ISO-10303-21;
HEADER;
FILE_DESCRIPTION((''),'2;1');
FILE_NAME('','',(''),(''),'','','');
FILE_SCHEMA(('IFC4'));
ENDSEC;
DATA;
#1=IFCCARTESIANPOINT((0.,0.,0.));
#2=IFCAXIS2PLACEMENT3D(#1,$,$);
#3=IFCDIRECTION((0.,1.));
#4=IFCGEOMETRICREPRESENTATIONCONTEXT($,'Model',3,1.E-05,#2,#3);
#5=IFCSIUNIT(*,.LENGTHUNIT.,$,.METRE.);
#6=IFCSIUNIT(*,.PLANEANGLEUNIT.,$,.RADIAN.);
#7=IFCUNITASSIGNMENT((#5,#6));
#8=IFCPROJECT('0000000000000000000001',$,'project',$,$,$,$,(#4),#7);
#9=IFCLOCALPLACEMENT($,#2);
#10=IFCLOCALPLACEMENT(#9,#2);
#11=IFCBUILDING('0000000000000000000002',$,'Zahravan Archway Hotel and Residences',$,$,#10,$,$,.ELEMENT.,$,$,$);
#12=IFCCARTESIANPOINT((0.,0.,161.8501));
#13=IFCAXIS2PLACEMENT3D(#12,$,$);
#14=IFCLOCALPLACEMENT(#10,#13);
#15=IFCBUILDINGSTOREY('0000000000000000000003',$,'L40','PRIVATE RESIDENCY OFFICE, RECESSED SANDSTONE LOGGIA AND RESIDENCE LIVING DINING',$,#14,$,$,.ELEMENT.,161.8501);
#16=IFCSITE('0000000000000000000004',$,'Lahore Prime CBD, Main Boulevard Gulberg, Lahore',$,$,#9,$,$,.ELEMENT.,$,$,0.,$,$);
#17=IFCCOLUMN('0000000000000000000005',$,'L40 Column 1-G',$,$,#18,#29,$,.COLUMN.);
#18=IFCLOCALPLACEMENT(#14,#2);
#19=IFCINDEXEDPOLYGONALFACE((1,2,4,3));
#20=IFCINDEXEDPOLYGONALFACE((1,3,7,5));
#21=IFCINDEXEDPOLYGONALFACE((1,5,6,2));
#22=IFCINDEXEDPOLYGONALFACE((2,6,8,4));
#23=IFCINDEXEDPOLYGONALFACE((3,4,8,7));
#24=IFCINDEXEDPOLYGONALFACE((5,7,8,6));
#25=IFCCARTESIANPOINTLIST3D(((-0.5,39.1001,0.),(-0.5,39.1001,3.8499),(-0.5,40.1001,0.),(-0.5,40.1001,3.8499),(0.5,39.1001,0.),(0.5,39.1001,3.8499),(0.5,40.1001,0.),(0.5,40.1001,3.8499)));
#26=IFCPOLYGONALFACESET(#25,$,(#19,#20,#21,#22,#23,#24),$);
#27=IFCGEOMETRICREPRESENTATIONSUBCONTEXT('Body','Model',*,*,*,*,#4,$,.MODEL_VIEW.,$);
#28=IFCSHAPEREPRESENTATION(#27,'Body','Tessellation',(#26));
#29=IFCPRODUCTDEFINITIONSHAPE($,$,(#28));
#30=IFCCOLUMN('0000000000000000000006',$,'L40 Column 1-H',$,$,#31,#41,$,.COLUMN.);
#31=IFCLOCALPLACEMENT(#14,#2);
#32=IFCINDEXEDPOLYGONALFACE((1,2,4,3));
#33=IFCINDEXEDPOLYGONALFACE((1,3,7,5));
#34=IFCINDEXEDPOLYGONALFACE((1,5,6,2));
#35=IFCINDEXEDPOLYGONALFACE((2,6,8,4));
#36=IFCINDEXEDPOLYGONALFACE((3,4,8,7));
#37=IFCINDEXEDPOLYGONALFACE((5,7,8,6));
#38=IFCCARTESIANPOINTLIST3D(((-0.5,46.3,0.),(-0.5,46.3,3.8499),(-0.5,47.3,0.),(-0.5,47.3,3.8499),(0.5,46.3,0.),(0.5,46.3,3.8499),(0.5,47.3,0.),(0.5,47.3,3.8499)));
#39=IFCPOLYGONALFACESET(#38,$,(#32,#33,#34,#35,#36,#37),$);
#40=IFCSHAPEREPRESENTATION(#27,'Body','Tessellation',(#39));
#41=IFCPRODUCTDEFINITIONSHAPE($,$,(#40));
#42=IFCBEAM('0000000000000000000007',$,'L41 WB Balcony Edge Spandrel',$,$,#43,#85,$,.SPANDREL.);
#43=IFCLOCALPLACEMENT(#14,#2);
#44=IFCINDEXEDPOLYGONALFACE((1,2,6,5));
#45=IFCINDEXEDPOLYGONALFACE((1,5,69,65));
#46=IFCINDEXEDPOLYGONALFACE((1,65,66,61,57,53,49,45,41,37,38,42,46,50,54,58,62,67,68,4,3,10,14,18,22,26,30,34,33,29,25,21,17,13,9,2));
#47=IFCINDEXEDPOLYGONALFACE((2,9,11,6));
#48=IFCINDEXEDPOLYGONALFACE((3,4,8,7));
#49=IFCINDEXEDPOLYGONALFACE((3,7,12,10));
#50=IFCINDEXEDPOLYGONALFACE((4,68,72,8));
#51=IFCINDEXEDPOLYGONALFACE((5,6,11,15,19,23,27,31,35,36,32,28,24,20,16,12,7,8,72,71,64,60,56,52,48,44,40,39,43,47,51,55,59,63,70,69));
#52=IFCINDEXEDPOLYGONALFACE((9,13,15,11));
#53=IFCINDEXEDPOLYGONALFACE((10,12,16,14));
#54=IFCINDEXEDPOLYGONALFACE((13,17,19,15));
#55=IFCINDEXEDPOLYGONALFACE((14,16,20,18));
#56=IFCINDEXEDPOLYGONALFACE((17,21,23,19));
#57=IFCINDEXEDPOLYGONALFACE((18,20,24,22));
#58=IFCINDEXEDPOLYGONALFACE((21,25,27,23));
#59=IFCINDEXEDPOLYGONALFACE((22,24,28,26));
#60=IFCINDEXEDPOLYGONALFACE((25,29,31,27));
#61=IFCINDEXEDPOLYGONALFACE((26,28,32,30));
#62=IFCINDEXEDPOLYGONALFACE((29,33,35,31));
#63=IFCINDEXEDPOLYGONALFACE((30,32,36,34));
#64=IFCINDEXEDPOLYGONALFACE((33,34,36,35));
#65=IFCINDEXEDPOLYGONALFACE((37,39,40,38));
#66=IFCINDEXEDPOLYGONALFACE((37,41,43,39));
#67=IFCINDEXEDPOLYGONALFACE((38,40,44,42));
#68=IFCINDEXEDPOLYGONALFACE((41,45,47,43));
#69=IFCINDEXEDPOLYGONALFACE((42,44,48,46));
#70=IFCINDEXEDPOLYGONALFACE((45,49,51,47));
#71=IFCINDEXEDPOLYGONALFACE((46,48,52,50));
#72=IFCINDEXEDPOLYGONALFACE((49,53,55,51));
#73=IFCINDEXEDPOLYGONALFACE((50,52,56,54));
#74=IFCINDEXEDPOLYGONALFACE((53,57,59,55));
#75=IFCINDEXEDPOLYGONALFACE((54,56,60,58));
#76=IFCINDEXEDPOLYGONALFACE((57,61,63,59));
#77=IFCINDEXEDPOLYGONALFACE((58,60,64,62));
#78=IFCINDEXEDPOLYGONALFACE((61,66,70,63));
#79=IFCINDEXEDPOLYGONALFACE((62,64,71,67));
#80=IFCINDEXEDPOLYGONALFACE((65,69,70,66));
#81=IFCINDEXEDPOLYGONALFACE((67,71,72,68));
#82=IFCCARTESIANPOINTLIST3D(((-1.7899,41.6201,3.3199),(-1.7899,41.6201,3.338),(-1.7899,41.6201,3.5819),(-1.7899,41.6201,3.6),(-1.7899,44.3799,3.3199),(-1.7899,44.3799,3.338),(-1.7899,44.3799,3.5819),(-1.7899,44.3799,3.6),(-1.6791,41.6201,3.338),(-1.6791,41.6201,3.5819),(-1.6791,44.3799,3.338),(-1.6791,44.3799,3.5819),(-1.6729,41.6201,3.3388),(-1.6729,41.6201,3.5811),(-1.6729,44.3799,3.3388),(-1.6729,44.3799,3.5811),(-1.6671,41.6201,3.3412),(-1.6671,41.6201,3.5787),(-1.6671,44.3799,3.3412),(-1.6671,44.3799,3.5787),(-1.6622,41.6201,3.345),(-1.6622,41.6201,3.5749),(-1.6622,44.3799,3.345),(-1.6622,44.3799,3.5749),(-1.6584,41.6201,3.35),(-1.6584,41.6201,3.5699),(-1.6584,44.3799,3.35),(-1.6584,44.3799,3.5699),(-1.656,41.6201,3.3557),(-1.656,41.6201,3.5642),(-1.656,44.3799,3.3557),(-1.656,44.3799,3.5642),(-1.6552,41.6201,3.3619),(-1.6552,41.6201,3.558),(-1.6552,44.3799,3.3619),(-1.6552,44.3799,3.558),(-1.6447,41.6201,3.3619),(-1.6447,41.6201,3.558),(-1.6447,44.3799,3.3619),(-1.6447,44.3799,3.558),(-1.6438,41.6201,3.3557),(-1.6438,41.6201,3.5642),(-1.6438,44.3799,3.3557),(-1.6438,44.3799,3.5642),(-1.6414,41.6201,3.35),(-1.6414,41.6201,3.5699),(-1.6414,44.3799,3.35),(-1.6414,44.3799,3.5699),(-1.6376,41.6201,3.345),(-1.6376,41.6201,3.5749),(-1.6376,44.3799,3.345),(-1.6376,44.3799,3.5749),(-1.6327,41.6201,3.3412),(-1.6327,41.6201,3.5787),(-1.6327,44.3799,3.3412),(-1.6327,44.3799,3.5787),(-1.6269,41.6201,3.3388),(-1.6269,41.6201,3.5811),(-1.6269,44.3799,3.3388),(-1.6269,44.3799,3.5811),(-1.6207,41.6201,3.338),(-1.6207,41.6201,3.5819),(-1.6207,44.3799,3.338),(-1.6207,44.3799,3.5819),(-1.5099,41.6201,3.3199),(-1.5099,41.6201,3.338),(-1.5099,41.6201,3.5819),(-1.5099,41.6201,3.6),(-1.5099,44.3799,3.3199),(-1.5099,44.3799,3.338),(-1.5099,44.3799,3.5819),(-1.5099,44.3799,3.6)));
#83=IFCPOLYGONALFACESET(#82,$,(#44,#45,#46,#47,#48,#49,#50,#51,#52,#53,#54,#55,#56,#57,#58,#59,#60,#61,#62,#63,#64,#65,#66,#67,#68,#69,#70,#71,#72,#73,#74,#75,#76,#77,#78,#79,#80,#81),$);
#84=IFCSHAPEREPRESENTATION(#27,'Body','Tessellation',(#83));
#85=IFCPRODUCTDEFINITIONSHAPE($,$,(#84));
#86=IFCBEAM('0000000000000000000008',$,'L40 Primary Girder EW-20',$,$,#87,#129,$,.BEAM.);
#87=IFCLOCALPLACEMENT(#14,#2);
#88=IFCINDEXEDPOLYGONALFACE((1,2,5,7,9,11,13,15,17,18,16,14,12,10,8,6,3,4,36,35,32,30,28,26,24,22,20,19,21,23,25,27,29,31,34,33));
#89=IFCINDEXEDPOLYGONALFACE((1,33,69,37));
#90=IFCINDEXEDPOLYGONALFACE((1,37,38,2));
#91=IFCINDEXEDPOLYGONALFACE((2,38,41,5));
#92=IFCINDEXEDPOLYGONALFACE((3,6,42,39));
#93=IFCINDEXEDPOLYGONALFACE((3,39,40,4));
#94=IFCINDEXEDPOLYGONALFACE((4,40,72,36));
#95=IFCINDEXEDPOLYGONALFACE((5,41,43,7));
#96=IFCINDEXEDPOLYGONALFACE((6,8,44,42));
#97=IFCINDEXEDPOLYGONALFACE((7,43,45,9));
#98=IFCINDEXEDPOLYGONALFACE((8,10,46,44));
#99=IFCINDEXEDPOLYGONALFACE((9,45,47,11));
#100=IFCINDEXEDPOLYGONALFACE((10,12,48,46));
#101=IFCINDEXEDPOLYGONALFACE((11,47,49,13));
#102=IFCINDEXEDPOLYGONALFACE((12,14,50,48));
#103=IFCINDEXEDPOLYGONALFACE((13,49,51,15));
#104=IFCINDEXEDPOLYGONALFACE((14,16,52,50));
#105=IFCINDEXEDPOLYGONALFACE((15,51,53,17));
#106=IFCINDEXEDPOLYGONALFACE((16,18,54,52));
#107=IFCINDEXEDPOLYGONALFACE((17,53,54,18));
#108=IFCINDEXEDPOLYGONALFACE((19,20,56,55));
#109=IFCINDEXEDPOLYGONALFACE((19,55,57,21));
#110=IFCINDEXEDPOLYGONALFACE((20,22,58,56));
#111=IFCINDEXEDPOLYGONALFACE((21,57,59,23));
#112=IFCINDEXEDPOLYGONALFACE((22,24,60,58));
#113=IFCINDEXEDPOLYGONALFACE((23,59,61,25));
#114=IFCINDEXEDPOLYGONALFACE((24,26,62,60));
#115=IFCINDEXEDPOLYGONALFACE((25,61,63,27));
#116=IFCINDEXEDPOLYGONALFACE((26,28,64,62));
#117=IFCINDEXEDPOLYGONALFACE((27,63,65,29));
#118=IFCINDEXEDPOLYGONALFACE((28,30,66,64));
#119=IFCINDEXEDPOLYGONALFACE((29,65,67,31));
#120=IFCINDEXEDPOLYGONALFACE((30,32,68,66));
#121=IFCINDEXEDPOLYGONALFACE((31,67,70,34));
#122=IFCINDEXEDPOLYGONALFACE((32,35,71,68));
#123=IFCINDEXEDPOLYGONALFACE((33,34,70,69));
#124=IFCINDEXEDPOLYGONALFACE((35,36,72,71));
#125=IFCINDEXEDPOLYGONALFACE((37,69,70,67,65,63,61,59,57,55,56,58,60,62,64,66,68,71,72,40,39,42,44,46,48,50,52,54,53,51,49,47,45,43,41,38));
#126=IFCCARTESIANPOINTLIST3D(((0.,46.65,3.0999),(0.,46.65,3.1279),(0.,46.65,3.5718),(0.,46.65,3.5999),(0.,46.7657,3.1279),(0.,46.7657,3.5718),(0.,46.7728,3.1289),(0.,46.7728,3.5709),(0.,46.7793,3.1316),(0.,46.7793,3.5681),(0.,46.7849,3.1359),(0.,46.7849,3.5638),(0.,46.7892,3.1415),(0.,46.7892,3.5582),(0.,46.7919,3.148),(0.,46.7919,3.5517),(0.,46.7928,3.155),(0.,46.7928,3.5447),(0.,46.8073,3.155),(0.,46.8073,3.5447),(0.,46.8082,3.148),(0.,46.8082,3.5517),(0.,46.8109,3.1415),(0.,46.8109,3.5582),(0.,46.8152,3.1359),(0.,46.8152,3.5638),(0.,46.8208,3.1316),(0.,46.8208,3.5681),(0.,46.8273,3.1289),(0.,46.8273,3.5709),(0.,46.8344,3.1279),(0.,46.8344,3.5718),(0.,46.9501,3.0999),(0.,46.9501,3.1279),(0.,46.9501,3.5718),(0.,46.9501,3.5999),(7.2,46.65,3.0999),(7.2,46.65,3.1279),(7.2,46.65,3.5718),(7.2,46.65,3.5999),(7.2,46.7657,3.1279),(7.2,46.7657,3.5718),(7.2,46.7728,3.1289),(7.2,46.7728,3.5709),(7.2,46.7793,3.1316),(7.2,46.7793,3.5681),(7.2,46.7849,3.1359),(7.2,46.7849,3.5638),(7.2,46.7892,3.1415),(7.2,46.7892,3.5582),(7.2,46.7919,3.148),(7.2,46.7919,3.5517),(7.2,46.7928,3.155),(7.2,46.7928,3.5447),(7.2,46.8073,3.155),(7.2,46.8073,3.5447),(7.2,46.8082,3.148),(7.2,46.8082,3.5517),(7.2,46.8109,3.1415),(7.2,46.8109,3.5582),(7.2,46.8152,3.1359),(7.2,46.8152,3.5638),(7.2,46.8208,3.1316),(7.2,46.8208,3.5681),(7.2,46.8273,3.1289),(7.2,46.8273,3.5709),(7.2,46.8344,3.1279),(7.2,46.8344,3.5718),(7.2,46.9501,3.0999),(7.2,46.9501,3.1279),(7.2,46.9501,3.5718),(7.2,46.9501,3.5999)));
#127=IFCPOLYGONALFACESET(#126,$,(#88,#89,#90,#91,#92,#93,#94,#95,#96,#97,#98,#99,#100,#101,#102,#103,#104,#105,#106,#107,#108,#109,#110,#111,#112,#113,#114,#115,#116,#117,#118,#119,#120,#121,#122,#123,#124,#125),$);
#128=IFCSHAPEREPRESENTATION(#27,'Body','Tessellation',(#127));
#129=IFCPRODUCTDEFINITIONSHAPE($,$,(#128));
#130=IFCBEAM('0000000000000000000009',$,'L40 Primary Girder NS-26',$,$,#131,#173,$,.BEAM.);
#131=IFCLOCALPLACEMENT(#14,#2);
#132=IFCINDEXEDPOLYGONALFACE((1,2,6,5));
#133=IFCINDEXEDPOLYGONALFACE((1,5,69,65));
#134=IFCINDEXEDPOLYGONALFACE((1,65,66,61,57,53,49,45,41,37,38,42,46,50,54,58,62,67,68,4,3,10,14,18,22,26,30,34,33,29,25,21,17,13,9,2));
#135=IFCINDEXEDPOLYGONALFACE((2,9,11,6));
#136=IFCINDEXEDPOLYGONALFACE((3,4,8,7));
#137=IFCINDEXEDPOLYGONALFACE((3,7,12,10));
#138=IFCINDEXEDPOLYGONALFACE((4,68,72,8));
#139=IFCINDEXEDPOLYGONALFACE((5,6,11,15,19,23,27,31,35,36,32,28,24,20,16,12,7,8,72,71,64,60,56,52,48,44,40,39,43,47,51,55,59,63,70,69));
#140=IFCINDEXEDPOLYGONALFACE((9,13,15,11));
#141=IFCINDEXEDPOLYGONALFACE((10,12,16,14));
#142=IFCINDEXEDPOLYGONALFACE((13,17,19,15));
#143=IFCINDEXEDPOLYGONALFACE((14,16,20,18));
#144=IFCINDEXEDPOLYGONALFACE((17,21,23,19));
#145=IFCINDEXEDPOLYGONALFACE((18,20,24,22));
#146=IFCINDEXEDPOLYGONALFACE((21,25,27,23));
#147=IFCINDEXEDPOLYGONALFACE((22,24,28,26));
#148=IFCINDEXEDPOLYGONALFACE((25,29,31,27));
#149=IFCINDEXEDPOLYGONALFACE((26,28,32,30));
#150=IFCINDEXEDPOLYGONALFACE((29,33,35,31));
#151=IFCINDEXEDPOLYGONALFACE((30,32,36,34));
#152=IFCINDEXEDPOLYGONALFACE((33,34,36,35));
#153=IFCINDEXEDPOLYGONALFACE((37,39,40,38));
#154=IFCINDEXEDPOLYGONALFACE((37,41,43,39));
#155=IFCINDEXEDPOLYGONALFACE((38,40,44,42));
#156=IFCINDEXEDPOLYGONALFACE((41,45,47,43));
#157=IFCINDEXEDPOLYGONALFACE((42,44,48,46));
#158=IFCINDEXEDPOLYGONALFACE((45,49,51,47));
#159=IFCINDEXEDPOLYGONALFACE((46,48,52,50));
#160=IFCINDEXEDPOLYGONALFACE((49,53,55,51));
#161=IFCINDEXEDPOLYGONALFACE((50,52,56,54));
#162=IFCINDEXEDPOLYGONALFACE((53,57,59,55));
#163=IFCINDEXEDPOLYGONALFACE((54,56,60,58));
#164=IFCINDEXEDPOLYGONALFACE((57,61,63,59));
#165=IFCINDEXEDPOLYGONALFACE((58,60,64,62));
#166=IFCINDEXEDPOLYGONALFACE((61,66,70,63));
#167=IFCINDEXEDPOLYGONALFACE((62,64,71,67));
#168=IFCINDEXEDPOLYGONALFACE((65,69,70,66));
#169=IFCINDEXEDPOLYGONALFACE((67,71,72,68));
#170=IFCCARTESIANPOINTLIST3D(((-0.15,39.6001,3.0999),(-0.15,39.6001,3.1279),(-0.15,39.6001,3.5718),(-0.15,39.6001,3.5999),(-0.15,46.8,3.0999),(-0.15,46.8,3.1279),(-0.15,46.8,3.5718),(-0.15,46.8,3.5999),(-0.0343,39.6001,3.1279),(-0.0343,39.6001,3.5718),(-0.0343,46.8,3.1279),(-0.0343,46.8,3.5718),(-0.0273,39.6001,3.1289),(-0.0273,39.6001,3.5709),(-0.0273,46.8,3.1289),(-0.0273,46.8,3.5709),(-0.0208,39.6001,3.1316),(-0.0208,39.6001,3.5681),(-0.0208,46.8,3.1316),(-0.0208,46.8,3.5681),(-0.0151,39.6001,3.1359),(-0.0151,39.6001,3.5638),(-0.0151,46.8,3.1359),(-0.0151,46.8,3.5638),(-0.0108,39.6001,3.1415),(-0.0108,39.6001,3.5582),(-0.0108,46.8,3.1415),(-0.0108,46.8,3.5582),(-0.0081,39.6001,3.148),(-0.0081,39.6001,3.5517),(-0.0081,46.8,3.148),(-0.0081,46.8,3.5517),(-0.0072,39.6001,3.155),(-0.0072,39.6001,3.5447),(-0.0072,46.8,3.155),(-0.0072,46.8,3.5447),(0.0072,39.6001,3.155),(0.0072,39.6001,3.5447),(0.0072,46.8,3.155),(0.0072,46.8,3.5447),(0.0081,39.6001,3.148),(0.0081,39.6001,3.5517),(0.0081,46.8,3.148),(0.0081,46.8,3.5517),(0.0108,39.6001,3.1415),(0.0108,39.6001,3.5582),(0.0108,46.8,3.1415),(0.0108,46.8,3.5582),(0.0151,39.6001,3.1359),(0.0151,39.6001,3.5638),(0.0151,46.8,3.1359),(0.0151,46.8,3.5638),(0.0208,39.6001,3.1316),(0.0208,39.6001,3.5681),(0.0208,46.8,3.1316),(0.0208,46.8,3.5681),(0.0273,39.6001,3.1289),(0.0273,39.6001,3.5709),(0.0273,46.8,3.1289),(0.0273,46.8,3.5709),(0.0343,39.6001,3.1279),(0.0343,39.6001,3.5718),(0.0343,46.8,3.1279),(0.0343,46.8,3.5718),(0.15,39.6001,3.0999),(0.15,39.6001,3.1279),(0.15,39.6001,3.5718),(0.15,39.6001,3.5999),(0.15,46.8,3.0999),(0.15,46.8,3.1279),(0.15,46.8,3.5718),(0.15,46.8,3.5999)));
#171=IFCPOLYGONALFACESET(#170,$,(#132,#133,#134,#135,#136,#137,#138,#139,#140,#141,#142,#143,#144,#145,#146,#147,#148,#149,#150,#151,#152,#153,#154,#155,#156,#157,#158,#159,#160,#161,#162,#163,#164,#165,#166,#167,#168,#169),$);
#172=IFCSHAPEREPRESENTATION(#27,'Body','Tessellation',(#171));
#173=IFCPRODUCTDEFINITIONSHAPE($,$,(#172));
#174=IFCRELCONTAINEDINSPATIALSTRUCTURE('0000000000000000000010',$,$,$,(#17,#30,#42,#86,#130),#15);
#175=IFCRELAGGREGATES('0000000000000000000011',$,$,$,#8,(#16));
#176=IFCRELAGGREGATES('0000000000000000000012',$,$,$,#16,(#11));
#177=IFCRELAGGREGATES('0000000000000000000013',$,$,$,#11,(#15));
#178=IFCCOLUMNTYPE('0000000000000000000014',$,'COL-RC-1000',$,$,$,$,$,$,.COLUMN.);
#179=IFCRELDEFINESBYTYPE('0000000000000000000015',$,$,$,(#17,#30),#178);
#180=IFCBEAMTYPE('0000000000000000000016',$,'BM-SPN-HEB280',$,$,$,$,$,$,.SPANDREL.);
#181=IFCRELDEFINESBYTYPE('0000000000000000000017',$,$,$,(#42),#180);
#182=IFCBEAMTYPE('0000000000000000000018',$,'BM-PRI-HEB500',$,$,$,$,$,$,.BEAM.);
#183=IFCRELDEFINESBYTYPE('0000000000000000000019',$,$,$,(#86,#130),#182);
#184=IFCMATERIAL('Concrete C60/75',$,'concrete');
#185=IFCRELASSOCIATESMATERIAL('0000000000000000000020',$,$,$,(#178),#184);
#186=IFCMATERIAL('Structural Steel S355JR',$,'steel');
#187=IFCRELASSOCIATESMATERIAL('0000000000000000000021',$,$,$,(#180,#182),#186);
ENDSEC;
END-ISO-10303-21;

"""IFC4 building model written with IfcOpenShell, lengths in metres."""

from ifc_helpers import new_model, si_unit, direction, frame, origin, origin_2d, place, context, subcontext, project, spatial, rectangle, i_section, extrude, source, transform, mapped, material, material_profile, profile_set, type_object, element, save


model = new_model("IFC4")

# Units and contexts
model_context = context("Model", 3, precision=1e-05, world=origin(), true_north=direction((0.0, 1.0)))
body_context = subcontext(model_context, "Body", "Model", "MODEL_VIEW")
ifc_project = project(units=[si_unit("LENGTHUNIT", "METRE"), si_unit("PLANEANGLEUNIT", "RADIAN")], contexts=[model_context])

# Site, building, storey
site_placement = place(None, origin())
site = spatial("IfcSite", under=ifc_project, at=site_placement, Name="Lahore Prime CBD, Main Boulevard Gulberg, Lahore", CompositionType="ELEMENT", RefElevation=0.0)
building_placement = place(site_placement, origin())
building = spatial("IfcBuilding", under=site, at=building_placement, Name="Zahravan Archway Hotel and Residences", CompositionType="ELEMENT")
storey_placement = place(building_placement, frame((0.0, 0.0, 161.8501)))
storey = spatial("IfcBuildingStorey", under=building, at=storey_placement, Name="L40", Description="PRIVATE RESIDENCY OFFICE, RECESSED SANDSTONE LOGGIA AND RESIDENCE LIVING DINING", CompositionType="ELEMENT", Elevation=161.8501)

# Columns
ifc_material_1 = material(Name="Concrete C60/75", Category="concrete")
ifc_material_profile_1 = material_profile(ifc_material_1, rectangle(XDim=1.0, YDim=1.0, at=origin_2d()), Name="RC-COL-1000x1000", Category="concrete")
ifc_profile_set_1 = profile_set([ifc_material_profile_1], Name="Concrete C60/75")
column_type = type_object("IfcColumnType", Name="COL-RC-1000", PredefinedType="COLUMN", material=ifc_profile_set_1)
shared_shape_1 = source(origin(), body_context, "Body", "SweptSolid", [
    extrude(rectangle(XDim=1.0, YDim=1.0, at=origin_2d()), origin(), (0.0, 0.0, 1.0), 3.8499),
])
for number, where, z_axis, x_axis, name in (
    (1, (0.0, 39.6001, 0.0), (0.0, 0.0, 1.0), (1.0, 0.0, 0.0), "L40 Column 1-G"),
    (2, (0.0, 46.8, 0.0), (0.0, 0.0, 1.0), (1.0, 0.0, 0.0), "L40 Column 1-H"),
):
    element("IfcColumn", number, at=place(storey_placement, frame(where, z_axis=z_axis, x_axis=x_axis)), inside=storey, type_object=column_type, Name=name, PredefinedType="COLUMN", context=body_context, shape_type="MappedRepresentation", body=[
        mapped(shared_shape_1, transform((0.0, 0.0, 0.0), scale=1.0)),
    ])

# Beams
ifc_material_2 = material(Name="Structural Steel S355JR", Category="steel")
ifc_material_profile_2 = material_profile(ifc_material_2, i_section(OverallWidth=0.28, OverallDepth=0.28, WebThickness=0.0105, FlangeThickness=0.0181, FilletRadius=0.0239, at=origin_2d()), Name="HEB 280", Category="steel")
ifc_profile_set_2 = profile_set([ifc_material_profile_2], Name="Structural Steel S355JR")
beam_type_1 = type_object("IfcBeamType", Name="BM-SPN-HEB280", PredefinedType="SPANDREL", material=ifc_profile_set_2)
shared_shape_2 = source(origin(), body_context, "Body", "SweptSolid", [
    extrude(i_section(OverallWidth=0.28, OverallDepth=0.28, WebThickness=0.0105, FlangeThickness=0.0181, FilletRadius=0.0239, at=origin_2d()), origin(), (0.0, 0.0, 1.0), 2.7598),
])
beam_placement = place(storey_placement, frame((-1.6499, 41.6201, 3.46), z_axis=(0.0, 1.0, 0.0), x_axis=(-1.0, 0.0, 0.0)))
element("IfcBeam", 3, at=beam_placement, inside=storey, type_object=beam_type_1, Name="L41 WB Balcony Edge Spandrel", PredefinedType="SPANDREL", context=body_context, shape_type="MappedRepresentation", body=[
    mapped(shared_shape_2, transform((0.0, 0.0, 0.0), scale=1.0)),
])
ifc_material_profile_3 = material_profile(ifc_material_2, i_section(OverallWidth=0.3, OverallDepth=0.5, WebThickness=0.0144, FlangeThickness=0.0281, FilletRadius=0.0271, at=origin_2d()), Name="HEB 500", Category="steel")
ifc_profile_set_3 = profile_set([ifc_material_profile_3], Name="Structural Steel S355JR")
beam_type_2 = type_object("IfcBeamType", Name="BM-PRI-HEB500", PredefinedType="BEAM", material=ifc_profile_set_3)
shared_shape_3 = source(origin(), body_context, "Body", "SweptSolid", [
    extrude(i_section(OverallWidth=0.3, OverallDepth=0.5, WebThickness=0.0144, FlangeThickness=0.0281, FilletRadius=0.0271, at=origin_2d()), origin(), (0.0, 0.0, 1.0), 7.2),
])
for number, where, z_axis, x_axis, name in (
    (4, (0.0, 46.8, 3.3499), (1.0, 0.0, 0.0), (0.0, 1.0, 0.0), "L40 Primary Girder EW-20"),
    (5, (0.0, 39.6001, 3.3499), (0.0, 1.0, 0.0), (-1.0, 0.0, 0.0), "L40 Primary Girder NS-26"),
):
    element("IfcBeam", number, at=place(storey_placement, frame(where, z_axis=z_axis, x_axis=x_axis)), inside=storey, type_object=beam_type_2, Name=name, PredefinedType="BEAM", context=body_context, shape_type="MappedRepresentation", body=[
        mapped(shared_shape_3, transform((0.0, 0.0, 0.0), scale=1.0)),
    ])

save(model, "model.ifc")
